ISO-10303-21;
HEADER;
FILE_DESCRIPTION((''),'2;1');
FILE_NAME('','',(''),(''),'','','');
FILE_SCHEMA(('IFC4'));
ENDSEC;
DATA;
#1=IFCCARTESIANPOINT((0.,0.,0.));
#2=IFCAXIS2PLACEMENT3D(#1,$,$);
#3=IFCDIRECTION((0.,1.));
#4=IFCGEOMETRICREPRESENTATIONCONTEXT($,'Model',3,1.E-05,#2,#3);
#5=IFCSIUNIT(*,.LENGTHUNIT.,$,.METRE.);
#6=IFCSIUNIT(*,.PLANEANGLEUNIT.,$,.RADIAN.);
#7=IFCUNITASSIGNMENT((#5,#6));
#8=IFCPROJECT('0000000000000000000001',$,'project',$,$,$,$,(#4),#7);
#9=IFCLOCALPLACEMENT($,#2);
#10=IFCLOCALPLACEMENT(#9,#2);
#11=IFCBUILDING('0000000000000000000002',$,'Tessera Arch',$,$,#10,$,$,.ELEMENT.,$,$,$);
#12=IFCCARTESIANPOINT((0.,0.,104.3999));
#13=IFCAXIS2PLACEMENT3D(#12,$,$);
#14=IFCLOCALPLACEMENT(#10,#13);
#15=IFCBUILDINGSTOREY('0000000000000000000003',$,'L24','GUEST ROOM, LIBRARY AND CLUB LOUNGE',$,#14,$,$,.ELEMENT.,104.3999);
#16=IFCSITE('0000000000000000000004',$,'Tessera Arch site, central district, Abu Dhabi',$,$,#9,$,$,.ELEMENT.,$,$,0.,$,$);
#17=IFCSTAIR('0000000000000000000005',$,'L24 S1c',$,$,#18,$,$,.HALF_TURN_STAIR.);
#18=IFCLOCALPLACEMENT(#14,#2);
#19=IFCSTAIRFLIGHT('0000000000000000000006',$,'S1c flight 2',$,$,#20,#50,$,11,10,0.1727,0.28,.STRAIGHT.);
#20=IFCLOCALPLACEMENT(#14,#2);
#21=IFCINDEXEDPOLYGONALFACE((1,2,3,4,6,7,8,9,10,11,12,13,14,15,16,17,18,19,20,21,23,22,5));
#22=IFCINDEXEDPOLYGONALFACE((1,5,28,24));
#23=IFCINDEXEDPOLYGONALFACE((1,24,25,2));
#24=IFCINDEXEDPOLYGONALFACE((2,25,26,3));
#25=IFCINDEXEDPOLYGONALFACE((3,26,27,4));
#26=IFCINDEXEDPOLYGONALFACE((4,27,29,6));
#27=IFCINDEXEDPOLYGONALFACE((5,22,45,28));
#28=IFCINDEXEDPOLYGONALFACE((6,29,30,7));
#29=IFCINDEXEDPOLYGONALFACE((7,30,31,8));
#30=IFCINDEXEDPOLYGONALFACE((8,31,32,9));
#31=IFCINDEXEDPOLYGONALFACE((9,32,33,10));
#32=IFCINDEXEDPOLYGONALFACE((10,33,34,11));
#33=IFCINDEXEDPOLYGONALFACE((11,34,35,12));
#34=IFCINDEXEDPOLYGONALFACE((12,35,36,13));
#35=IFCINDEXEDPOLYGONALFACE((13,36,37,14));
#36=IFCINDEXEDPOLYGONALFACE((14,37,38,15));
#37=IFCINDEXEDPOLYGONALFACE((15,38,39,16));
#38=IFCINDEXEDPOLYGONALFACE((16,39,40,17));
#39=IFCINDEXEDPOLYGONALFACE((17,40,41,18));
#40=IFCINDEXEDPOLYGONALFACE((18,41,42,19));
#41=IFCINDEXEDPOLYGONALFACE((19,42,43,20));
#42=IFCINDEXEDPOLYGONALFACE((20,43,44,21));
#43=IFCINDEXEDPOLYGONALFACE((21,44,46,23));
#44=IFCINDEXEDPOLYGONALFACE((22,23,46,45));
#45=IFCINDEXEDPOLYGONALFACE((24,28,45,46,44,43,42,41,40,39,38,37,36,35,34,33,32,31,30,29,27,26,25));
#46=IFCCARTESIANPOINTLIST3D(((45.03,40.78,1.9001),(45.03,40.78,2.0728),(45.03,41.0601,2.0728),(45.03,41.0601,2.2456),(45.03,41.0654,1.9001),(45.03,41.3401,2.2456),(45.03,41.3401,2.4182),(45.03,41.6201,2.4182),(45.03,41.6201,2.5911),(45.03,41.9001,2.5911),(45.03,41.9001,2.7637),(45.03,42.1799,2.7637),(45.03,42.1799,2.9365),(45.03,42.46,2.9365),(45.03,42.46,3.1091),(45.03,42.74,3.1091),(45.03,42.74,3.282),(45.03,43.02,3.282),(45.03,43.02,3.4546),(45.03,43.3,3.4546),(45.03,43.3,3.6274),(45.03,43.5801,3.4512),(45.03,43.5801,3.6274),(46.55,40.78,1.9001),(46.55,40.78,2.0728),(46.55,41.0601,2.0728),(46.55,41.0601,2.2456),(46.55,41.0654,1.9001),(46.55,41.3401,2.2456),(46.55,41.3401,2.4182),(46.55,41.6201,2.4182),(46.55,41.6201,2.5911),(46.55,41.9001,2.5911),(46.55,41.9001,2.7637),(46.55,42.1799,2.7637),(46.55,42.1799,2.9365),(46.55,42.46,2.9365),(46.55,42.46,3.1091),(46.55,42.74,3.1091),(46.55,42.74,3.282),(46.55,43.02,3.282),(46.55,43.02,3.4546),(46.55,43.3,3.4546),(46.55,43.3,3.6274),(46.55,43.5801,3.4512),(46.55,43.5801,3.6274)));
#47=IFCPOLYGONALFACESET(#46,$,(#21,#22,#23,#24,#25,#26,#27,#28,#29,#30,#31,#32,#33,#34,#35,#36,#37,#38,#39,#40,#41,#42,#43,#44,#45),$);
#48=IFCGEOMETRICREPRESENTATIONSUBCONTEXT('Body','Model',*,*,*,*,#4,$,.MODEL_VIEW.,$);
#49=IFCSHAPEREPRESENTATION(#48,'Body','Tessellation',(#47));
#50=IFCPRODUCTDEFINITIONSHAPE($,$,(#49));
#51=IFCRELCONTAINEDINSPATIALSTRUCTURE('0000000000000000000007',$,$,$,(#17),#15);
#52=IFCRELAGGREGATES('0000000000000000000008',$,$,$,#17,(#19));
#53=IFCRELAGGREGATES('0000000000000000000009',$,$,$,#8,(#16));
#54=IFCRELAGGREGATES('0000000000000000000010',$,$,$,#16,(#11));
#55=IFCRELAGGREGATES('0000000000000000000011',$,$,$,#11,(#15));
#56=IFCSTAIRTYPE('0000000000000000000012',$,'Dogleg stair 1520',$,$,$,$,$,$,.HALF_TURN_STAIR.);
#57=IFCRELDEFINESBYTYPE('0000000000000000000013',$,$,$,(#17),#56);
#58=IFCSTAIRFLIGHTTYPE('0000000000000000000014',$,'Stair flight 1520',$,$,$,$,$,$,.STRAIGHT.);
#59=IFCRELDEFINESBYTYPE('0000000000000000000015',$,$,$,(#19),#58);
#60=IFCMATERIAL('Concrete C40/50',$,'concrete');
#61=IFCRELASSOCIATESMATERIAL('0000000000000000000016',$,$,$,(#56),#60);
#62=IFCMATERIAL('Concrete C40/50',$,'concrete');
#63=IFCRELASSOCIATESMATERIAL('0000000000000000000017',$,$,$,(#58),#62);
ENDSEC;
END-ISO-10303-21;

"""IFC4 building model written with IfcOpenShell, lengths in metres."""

from ifc_helpers import new_model, si_unit, direction, frame, origin, place, context, subcontext, project, spatial, polyline, outline, extrude, material, type_object, element, aggregate, save


model = new_model("IFC4")

# Units and contexts
model_context = context("Model", 3, precision=1e-05, world=origin(), true_north=direction((0.0, 1.0)))
body_context = subcontext(model_context, "Body", "Model", "MODEL_VIEW")
ifc_project = project(units=[si_unit("LENGTHUNIT", "METRE"), si_unit("PLANEANGLEUNIT", "RADIAN")], contexts=[model_context])

# Site, building, storey
site_placement = place(None, origin())
site = spatial("IfcSite", under=ifc_project, at=site_placement, Name="Tessera Arch site, central district, Abu Dhabi", CompositionType="ELEMENT", RefElevation=0.0)
building_placement = place(site_placement, origin())
building = spatial("IfcBuilding", under=site, at=building_placement, Name="Tessera Arch", CompositionType="ELEMENT")
storey_placement = place(building_placement, frame((0.0, 0.0, 104.3999)))
storey = spatial("IfcBuildingStorey", under=building, at=storey_placement, Name="L24", Description="GUEST ROOM, LIBRARY AND CLUB LOUNGE", CompositionType="ELEMENT", Elevation=104.3999)

# Shared definitions
ifc_material_1 = material(Name="Concrete C40/50", Category="concrete")
stair_type = type_object("IfcStairType", Name="Dogleg stair 1520", PredefinedType="HALF_TURN_STAIR", material=ifc_material_1)
ifc_material_2 = material(Name="Concrete C40/50", Category="concrete")
stair_flight_type = type_object("IfcStairFlightType", Name="Stair flight 1520", PredefinedType="STRAIGHT", material=ifc_material_2)

# Stair, stair flight
stair_1_placement = place(storey_placement, origin())
stair_1 = element("IfcStair", 1, at=stair_1_placement, inside=storey, type_object=stair_type, Name="L24 S1c", PredefinedType="HALF_TURN_STAIR")
stair_flight_1_placement = place(storey_placement, frame((45.79, 40.78, 1.9001), z_axis=(0.0, 0.0, 1.0), x_axis=(0.0, 1.0, 0.0)))
stair_flight_1 = element("IfcStairFlight", 2, at=stair_flight_1_placement, type_object=stair_flight_type, Name="S1c flight 2", NumberOfRisers=11, NumberOfTreads=10, PredefinedType="STRAIGHT", RiserHeight=0.1727, TreadLength=0.28, context=body_context, shape_type="SweptSolid", body=[
    extrude(outline(polyline([(0.0, 0.0), (0.0, 0.1726), (0.28, 0.1726), (0.28, 0.3455), (0.5601, 0.3455), (0.5601, 0.5181), (0.8401, 0.5181), (0.8401, 0.6909), (1.1201, 0.6909), (1.1201, 0.8635), (1.3999, 0.8635), (1.3999, 1.0364), (1.6799, 1.0364), (1.6799, 1.209), (1.96, 1.209), (1.96, 1.3818), (2.24, 1.3818), (2.24, 1.5544), (2.52, 1.5544), (2.52, 1.7273), (2.8, 1.7273), (2.8, 1.8999), (2.8, 1.551), (0.2854, 0.0), (0.0, 0.0)])), frame((0.0, 0.76, 0.0), z_axis=(0.0, -1.0, 0.0), x_axis=(1.0, 0.0, 0.0)), (0.0, 0.0, 1.0), 1.52),
])
aggregate(stair_1, [stair_flight_1])

save(model, "model.ifc")
